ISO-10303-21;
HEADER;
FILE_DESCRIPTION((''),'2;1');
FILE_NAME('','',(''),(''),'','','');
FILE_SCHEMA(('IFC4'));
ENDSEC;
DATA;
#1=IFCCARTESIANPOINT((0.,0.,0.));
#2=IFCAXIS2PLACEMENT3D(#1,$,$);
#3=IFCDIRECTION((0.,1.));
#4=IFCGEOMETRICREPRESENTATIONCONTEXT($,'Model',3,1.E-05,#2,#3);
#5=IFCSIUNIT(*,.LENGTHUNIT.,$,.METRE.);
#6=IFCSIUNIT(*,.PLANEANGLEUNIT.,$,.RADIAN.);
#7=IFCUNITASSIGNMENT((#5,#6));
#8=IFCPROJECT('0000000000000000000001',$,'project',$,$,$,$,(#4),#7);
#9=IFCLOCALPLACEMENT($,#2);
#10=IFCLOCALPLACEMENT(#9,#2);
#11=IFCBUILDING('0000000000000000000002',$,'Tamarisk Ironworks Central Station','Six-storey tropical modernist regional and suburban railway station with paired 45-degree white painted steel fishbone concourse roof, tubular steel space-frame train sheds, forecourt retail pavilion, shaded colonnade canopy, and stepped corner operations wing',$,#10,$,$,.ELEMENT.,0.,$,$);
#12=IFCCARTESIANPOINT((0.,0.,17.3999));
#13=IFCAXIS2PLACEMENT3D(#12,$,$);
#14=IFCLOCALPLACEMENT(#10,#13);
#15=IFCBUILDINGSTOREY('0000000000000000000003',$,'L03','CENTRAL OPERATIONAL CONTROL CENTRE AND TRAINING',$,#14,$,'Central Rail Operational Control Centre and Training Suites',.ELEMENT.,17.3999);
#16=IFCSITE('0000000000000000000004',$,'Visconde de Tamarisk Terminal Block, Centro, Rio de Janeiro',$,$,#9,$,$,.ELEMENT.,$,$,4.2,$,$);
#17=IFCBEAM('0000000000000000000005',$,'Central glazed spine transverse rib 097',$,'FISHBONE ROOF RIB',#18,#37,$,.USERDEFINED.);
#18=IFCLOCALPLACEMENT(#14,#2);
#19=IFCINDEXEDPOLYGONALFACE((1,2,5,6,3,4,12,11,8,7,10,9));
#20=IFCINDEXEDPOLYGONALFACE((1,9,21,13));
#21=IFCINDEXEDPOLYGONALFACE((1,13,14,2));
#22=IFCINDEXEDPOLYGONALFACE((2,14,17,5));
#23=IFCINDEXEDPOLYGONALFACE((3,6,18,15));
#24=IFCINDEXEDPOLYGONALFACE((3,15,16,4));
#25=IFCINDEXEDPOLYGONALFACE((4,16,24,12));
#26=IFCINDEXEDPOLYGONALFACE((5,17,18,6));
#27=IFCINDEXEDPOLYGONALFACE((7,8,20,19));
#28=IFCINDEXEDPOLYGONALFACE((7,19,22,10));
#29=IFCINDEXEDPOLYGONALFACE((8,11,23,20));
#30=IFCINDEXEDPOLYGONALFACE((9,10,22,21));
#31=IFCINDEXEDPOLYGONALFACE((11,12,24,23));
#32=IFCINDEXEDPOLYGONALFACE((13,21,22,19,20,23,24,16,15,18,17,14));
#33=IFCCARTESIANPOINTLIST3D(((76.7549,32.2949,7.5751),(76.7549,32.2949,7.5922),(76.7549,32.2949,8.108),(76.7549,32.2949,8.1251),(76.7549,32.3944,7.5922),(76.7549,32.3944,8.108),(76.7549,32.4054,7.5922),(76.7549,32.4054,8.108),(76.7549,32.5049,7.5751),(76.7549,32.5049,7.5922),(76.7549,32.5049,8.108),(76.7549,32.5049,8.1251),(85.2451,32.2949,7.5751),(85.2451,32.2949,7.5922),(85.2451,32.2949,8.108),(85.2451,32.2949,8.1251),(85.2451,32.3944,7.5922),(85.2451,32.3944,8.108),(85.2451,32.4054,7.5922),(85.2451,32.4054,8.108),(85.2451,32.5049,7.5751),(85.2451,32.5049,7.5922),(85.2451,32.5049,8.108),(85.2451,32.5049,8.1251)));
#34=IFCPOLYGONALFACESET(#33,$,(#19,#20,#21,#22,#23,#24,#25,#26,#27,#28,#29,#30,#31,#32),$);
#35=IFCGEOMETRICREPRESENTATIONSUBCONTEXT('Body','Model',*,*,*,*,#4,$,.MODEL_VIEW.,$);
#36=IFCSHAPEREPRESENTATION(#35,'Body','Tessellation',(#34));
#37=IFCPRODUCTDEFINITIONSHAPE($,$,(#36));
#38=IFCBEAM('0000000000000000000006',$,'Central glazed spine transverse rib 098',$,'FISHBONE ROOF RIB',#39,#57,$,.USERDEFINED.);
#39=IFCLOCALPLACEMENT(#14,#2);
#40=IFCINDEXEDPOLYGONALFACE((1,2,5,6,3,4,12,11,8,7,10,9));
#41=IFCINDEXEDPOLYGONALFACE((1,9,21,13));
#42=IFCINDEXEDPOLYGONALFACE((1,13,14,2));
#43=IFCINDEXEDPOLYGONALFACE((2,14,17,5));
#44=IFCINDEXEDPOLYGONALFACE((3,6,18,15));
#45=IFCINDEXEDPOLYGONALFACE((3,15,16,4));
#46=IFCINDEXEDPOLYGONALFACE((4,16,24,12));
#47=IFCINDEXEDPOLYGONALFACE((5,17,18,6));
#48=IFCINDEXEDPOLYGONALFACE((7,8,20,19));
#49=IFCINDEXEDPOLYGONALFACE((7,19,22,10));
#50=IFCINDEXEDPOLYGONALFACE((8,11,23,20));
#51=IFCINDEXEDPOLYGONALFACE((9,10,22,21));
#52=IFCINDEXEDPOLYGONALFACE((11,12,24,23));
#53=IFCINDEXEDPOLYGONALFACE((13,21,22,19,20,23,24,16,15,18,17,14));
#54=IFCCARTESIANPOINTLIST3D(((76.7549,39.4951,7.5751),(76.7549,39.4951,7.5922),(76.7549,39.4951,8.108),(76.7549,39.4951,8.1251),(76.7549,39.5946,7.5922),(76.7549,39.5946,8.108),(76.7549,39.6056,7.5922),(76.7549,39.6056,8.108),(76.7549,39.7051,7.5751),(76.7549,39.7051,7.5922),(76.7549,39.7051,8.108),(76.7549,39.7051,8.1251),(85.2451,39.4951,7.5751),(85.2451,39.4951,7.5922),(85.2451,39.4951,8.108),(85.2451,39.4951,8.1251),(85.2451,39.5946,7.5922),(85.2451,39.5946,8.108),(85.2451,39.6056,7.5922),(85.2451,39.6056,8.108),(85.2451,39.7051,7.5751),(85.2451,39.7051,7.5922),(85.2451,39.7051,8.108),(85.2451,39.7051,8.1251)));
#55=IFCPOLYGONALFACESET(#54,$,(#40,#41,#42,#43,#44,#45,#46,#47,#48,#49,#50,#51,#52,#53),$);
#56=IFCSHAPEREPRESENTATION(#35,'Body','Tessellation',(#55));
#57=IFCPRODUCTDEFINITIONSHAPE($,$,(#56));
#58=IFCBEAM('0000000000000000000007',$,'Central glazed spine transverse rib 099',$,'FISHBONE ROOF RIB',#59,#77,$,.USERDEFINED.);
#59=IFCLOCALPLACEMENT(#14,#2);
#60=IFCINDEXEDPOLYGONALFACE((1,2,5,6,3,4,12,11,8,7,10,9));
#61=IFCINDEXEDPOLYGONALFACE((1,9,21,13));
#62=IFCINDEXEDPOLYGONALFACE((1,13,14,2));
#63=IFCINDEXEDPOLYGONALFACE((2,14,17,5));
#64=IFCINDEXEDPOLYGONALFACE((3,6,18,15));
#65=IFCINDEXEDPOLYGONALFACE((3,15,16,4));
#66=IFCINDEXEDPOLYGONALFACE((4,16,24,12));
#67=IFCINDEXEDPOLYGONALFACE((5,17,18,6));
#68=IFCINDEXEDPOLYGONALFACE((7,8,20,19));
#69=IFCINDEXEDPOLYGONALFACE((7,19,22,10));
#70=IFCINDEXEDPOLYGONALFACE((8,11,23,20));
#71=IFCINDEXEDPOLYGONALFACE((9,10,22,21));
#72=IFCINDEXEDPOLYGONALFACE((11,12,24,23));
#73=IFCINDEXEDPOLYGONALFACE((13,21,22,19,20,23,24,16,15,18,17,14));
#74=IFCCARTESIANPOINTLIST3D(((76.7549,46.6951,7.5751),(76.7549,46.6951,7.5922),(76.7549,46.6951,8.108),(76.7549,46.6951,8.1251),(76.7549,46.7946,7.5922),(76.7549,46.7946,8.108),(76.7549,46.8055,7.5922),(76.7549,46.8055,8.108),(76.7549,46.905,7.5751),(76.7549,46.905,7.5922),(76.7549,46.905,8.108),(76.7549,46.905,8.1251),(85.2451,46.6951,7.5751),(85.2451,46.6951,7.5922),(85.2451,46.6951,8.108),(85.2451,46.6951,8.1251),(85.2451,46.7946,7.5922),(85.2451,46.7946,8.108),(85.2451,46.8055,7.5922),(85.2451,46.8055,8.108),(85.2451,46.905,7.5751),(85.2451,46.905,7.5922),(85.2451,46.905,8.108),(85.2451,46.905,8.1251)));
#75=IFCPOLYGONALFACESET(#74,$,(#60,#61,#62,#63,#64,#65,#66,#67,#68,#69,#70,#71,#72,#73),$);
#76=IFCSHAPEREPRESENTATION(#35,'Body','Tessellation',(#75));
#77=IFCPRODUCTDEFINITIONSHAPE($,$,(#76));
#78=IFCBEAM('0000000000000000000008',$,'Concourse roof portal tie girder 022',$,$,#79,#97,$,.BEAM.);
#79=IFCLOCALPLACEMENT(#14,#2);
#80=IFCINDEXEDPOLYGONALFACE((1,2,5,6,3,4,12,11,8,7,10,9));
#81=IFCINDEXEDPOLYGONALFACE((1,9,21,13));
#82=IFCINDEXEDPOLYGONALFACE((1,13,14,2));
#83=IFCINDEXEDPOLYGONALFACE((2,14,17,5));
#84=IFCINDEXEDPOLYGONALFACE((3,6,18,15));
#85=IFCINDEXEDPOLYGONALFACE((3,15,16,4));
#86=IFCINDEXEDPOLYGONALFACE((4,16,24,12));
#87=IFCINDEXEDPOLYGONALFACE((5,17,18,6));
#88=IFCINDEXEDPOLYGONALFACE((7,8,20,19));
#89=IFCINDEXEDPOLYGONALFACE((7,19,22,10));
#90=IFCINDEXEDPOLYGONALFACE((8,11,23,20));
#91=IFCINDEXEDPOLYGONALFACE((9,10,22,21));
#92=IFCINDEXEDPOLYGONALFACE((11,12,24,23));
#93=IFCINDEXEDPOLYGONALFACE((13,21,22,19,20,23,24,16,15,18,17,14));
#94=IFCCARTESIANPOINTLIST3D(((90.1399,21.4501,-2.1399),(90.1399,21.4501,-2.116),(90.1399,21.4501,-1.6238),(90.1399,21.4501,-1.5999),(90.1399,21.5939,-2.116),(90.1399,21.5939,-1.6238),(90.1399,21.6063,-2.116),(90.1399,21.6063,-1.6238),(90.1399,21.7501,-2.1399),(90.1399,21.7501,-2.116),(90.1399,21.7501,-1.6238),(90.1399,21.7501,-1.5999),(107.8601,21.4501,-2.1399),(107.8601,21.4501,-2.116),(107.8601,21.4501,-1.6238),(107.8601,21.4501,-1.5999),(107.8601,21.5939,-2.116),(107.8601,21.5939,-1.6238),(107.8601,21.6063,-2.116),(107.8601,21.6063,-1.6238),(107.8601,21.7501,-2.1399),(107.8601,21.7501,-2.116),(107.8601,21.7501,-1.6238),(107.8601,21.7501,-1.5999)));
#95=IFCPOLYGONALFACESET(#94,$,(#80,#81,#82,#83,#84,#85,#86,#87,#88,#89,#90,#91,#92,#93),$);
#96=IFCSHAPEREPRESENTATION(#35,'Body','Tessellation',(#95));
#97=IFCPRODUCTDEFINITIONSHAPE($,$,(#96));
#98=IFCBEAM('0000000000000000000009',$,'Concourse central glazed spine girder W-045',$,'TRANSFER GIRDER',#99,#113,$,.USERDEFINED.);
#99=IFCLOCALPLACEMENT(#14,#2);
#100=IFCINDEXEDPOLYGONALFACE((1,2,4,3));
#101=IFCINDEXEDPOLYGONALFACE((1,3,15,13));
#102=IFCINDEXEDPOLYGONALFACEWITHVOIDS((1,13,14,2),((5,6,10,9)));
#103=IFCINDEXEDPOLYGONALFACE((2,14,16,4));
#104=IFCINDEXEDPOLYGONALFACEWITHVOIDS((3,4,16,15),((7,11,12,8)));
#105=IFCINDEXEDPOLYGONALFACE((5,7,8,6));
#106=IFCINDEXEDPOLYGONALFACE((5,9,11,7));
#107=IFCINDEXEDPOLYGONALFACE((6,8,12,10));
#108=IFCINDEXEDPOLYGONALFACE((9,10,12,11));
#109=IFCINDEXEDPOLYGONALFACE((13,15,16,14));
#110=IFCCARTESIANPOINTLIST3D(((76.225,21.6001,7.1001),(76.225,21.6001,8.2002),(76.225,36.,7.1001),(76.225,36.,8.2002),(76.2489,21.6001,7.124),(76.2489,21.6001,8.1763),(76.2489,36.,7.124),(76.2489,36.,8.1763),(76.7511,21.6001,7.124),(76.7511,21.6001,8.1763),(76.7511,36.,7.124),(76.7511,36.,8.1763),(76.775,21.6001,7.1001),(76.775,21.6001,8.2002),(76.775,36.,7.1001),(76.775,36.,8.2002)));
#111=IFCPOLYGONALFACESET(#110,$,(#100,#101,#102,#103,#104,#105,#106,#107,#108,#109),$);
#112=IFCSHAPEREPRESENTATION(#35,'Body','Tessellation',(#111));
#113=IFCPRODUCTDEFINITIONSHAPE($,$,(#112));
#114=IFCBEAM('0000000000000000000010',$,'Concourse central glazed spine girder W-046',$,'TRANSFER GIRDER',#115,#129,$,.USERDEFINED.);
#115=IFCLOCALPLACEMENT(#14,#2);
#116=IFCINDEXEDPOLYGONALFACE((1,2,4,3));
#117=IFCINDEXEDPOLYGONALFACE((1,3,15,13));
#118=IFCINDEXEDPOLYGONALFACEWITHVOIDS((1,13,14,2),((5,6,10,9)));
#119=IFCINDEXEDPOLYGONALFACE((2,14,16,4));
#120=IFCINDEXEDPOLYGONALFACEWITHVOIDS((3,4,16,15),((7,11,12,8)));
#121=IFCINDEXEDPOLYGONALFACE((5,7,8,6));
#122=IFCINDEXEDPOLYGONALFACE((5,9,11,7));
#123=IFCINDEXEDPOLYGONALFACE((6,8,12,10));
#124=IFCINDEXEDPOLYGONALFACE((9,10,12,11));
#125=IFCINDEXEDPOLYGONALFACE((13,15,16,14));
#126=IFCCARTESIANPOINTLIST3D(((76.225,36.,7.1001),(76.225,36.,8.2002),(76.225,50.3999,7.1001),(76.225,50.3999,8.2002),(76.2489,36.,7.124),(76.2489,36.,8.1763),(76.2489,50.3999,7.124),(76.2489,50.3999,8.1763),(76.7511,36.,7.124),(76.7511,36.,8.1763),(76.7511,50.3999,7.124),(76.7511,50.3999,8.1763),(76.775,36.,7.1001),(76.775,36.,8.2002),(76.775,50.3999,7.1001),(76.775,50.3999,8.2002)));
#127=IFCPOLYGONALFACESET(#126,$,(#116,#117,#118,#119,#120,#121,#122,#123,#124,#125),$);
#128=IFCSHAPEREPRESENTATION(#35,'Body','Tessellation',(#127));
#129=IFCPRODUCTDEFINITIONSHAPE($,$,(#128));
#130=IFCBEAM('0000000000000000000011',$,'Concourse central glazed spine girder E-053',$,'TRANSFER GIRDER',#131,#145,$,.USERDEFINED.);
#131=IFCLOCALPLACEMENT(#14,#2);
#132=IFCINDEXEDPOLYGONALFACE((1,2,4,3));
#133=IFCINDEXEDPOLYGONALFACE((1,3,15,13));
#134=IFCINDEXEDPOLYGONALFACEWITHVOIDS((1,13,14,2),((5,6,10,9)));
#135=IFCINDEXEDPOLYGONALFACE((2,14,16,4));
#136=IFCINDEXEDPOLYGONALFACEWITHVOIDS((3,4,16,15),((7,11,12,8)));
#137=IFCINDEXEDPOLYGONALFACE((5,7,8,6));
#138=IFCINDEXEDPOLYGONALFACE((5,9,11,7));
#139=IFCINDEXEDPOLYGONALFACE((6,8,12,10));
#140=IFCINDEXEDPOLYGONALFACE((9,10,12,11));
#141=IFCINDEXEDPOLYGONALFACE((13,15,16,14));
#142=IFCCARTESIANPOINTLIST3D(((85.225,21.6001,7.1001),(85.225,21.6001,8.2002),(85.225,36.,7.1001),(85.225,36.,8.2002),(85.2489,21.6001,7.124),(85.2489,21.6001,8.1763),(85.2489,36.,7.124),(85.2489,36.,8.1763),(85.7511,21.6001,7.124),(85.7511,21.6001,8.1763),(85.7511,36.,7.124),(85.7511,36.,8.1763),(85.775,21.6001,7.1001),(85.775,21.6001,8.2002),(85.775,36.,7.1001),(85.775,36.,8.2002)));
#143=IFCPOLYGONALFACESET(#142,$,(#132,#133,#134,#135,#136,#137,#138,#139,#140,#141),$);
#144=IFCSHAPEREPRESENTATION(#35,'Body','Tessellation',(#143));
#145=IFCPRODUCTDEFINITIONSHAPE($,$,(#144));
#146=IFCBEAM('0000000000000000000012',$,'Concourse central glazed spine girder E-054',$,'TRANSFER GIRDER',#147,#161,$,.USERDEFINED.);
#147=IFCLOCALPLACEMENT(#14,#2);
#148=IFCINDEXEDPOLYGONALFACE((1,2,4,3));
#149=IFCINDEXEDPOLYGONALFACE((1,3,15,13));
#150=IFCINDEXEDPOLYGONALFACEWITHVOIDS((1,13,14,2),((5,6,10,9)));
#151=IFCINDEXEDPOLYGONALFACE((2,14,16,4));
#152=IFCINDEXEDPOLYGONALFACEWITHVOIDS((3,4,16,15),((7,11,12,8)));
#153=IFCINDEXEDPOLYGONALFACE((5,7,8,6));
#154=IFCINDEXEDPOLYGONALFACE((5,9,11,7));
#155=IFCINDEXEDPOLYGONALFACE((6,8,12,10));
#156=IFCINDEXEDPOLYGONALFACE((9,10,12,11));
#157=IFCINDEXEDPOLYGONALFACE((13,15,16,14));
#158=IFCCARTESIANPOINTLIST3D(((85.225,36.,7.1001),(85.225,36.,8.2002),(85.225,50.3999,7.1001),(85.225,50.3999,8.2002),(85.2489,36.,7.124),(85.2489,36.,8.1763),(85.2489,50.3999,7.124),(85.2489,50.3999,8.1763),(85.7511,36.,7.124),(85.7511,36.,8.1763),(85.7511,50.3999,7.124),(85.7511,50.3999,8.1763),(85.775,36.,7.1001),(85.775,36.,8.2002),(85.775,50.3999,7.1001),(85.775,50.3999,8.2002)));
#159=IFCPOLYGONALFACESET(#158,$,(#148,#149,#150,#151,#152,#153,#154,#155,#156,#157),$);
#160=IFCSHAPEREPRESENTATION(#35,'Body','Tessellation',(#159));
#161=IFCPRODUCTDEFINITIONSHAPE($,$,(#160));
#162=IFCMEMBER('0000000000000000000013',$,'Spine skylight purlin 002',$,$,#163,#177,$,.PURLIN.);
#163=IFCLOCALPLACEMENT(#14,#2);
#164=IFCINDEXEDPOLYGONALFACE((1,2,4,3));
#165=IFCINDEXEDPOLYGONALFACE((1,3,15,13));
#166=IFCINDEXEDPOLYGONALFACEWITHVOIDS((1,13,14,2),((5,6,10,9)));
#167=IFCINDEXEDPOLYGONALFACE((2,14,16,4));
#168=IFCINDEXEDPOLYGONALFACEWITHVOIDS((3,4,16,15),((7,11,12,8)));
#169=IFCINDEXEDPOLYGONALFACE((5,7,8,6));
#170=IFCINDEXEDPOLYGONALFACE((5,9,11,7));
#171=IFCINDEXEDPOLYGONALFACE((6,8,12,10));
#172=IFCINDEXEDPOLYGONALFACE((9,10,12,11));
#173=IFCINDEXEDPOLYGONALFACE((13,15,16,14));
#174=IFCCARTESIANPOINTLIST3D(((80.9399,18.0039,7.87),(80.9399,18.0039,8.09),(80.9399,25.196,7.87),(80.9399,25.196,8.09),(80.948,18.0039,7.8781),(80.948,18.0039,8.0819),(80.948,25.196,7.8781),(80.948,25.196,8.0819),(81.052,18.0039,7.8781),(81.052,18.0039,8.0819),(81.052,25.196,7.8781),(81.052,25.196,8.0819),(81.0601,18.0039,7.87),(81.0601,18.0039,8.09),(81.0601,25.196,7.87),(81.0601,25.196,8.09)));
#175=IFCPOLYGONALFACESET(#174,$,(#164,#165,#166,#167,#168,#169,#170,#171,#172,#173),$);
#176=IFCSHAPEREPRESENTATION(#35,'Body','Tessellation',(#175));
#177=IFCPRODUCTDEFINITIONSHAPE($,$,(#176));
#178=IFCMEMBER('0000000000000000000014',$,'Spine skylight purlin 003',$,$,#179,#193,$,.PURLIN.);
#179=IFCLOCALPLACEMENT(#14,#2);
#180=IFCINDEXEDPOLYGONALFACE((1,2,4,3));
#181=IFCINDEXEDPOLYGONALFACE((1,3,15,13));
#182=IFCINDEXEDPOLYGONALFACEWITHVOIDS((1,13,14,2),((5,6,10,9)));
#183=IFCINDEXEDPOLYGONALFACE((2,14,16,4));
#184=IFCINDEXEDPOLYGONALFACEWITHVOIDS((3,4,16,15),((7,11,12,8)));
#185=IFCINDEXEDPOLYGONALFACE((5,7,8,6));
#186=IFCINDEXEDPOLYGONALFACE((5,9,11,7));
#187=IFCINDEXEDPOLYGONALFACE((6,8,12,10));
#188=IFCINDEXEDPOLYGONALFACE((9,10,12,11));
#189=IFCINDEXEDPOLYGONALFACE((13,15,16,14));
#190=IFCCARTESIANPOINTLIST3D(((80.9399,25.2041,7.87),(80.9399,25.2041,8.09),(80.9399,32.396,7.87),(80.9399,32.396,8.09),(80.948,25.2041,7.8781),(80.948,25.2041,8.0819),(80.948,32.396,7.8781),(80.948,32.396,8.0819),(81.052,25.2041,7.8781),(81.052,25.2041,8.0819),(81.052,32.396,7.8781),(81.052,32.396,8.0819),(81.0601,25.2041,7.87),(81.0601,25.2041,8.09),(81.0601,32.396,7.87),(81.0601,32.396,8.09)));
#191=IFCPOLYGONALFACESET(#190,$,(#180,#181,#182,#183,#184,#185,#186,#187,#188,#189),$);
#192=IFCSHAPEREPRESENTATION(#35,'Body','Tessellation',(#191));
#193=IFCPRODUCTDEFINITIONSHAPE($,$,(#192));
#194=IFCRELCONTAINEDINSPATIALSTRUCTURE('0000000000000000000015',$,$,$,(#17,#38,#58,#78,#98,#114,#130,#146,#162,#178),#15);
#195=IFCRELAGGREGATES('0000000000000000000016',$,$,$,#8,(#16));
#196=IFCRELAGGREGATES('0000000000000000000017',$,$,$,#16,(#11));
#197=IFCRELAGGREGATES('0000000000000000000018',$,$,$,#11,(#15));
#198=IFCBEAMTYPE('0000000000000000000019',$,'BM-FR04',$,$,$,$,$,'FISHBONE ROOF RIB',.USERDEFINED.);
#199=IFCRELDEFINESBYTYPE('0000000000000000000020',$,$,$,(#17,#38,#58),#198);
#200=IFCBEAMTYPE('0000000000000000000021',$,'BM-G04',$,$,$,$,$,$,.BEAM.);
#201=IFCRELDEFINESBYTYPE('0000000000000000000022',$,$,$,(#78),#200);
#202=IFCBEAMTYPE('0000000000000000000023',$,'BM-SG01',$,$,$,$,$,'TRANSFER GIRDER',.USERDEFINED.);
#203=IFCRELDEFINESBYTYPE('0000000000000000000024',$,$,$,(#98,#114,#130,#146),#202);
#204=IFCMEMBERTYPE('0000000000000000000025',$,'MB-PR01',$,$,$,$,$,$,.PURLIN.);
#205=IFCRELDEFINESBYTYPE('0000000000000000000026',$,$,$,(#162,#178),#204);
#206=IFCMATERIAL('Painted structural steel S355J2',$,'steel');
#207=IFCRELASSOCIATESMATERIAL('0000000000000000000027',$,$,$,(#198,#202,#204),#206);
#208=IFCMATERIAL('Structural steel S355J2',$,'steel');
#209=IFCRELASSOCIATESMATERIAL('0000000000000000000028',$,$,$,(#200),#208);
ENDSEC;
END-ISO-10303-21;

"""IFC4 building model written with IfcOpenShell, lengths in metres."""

from ifc_helpers import new_model, si_unit, direction, frame, origin, origin_2d, place, context, subcontext, project, spatial, hollow_rectangle, i_section, extrude, material, material_profile, profile_set, type_object, element, save


model = new_model("IFC4")

# Units and contexts
model_context = context("Model", 3, precision=1e-05, world=origin(), true_north=direction((0.0, 1.0)))
body_context = subcontext(model_context, "Body", "Model", "MODEL_VIEW")
ifc_project = project(units=[si_unit("LENGTHUNIT", "METRE"), si_unit("PLANEANGLEUNIT", "RADIAN")], contexts=[model_context])

# Site, building, storey
site_placement = place(None, origin())
site = spatial("IfcSite", under=ifc_project, at=site_placement, Name="Visconde de Tamarisk Terminal Block, Centro, Rio de Janeiro", CompositionType="ELEMENT", RefElevation=4.2)
building_placement = place(site_placement, origin())
building = spatial("IfcBuilding", under=site, at=building_placement, Name="Tamarisk Ironworks Central Station", Description="Six-storey tropical modernist regional and suburban railway station with paired 45-degree white painted steel fishbone concourse roof, tubular steel space-frame train sheds, forecourt retail pavilion, shaded colonnade canopy, and stepped corner operations wing", CompositionType="ELEMENT", ElevationOfRefHeight=0.0)
storey_placement = place(building_placement, frame((0.0, 0.0, 17.3999)))
storey = spatial("IfcBuildingStorey", under=building, at=storey_placement, Name="L03", Description="CENTRAL OPERATIONAL CONTROL CENTRE AND TRAINING", LongName="Central Rail Operational Control Centre and Training Suites", CompositionType="ELEMENT", Elevation=17.3999)

# Beams
ifc_material_1 = material(Name="Painted structural steel S355J2", Category="steel")
ifc_material_profile_1 = material_profile(ifc_material_1, i_section(OverallWidth=0.21, OverallDepth=0.55, WebThickness=0.011, FlangeThickness=0.0171, at=origin_2d()), Name="IPE 550")
ifc_profile_set_1 = profile_set([ifc_material_profile_1], Name="Painted structural steel S355J2")
beam_type_1 = type_object("IfcBeamType", Name="BM-FR04", ElementType="FISHBONE ROOF RIB", PredefinedType="USERDEFINED", material=ifc_profile_set_1)
for number, where, z_axis, x_axis, name in (
    (1, (76.7549, 32.3999, 7.8501), (1.0, 0.0, 0.0), (0.0, 1.0, 0.0), "Central glazed spine transverse rib 097"),
    (2, (76.7549, 39.6001, 7.8501), (1.0, 0.0, 0.0), (0.0, 1.0, 0.0), "Central glazed spine transverse rib 098"),
    (3, (76.7549, 46.8, 7.8501), (1.0, 0.0, 0.0), (0.0, 1.0, 0.0), "Central glazed spine transverse rib 099"),
):
    element("IfcBeam", number, at=place(storey_placement, frame(where, z_axis=z_axis, x_axis=x_axis)), inside=storey, type_object=beam_type_1, Name=name, ObjectType="FISHBONE ROOF RIB", PredefinedType="USERDEFINED", context=body_context, shape_type="SweptSolid", body=[
        extrude(i_section(OverallWidth=0.21, OverallDepth=0.55, WebThickness=0.011, FlangeThickness=0.0171, at=origin_2d()), origin(), (0.0, 0.0, 1.0), 8.4902),
    ])
ifc_material_2 = material(Name="Structural steel S355J2", Category="steel")
ifc_material_profile_2 = material_profile(ifc_material_2, i_section(OverallWidth=0.3, OverallDepth=0.54, WebThickness=0.0125, FlangeThickness=0.0239, at=origin_2d()), Name="HEA 550")
ifc_profile_set_2 = profile_set([ifc_material_profile_2], Name="Structural steel S355J2")
beam_type_2 = type_object("IfcBeamType", Name="BM-G04", PredefinedType="BEAM", material=ifc_profile_set_2)
beam_1_placement = place(storey_placement, frame((90.1399, 21.6001, -1.8699), z_axis=(1.0, 0.0, 0.0), x_axis=(0.0, 1.0, 0.0)))
element("IfcBeam", 4, at=beam_1_placement, inside=storey, type_object=beam_type_2, Name="Concourse roof portal tie girder 022", PredefinedType="BEAM", context=body_context, shape_type="SweptSolid", body=[
    extrude(i_section(OverallWidth=0.3, OverallDepth=0.54, WebThickness=0.0125, FlangeThickness=0.0239, at=origin_2d()), origin(), (0.0, 0.0, 1.0), 17.7202),
])
ifc_material_profile_3 = material_profile(ifc_material_1, hollow_rectangle(XDim=0.55, YDim=1.1001, WallThickness=0.0239, at=origin_2d()), Name="BOX 550x1100x24")
ifc_profile_set_3 = profile_set([ifc_material_profile_3], Name="Painted structural steel S355J2")
beam_type_3 = type_object("IfcBeamType", Name="BM-SG01", ElementType="TRANSFER GIRDER", PredefinedType="USERDEFINED", material=ifc_profile_set_3)
for number, where, z_axis, x_axis, name in (
    (5, (76.5, 21.6001, 7.6501), (0.0, 1.0, 0.0), (-1.0, 0.0, 0.0), "Concourse central glazed spine girder W-045"),
    (6, (76.5, 36.0, 7.6501), (0.0, 1.0, 0.0), (-1.0, 0.0, 0.0), "Concourse central glazed spine girder W-046"),
    (7, (85.5, 21.6001, 7.6501), (0.0, 1.0, 0.0), (-1.0, 0.0, 0.0), "Concourse central glazed spine girder E-053"),
    (8, (85.5, 36.0, 7.6501), (0.0, 1.0, 0.0), (-1.0, 0.0, 0.0), "Concourse central glazed spine girder E-054"),
):
    element("IfcBeam", number, at=place(storey_placement, frame(where, z_axis=z_axis, x_axis=x_axis)), inside=storey, type_object=beam_type_3, Name=name, ObjectType="TRANSFER GIRDER", PredefinedType="USERDEFINED", context=body_context, shape_type="SweptSolid", body=[
        extrude(hollow_rectangle(XDim=0.55, YDim=1.1001, WallThickness=0.0239, at=origin_2d()), origin(), (0.0, 0.0, 1.0), 14.3999),
    ])

# Members
ifc_material_profile_4 = material_profile(ifc_material_1, hollow_rectangle(XDim=0.1201, YDim=0.22, WallThickness=0.0081, at=origin_2d()), Name="RHS 220x120x8")
ifc_profile_set_4 = profile_set([ifc_material_profile_4], Name="Painted structural steel S355J2")
member_type_1 = type_object("IfcMemberType", Name="MB-PR01", PredefinedType="PURLIN", material=ifc_profile_set_4)
member_1_placement = place(storey_placement, frame((81.0, 18.0039, 7.98), z_axis=(0.0, 1.0, 0.0), x_axis=(-1.0, 0.0, 0.0)))
element("IfcMember", 9, at=member_1_placement, inside=storey, type_object=member_type_1, Name="Spine skylight purlin 002", PredefinedType="PURLIN", context=body_context, shape_type="SweptSolid", body=[
    extrude(hollow_rectangle(XDim=0.1201, YDim=0.22, WallThickness=0.0081, at=origin_2d()), origin(), (0.0, 0.0, 1.0), 7.1921),
])
for number, where, z_axis, x_axis, name in (
    (10, (81.0, 25.2041, 7.98), (0.0, 1.0, 0.0), (-1.0, 0.0, 0.0), "Spine skylight purlin 003"),
):
    element("IfcMember", number, at=place(storey_placement, frame(where, z_axis=z_axis, x_axis=x_axis)), inside=storey, type_object=member_type_1, Name=name, PredefinedType="PURLIN", context=body_context, shape_type="SweptSolid", body=[
        extrude(hollow_rectangle(XDim=0.1201, YDim=0.22, WallThickness=0.0081, at=origin_2d()), origin(), (0.0, 0.0, 1.0), 7.1919),
    ])

save(model, "model.ifc")
